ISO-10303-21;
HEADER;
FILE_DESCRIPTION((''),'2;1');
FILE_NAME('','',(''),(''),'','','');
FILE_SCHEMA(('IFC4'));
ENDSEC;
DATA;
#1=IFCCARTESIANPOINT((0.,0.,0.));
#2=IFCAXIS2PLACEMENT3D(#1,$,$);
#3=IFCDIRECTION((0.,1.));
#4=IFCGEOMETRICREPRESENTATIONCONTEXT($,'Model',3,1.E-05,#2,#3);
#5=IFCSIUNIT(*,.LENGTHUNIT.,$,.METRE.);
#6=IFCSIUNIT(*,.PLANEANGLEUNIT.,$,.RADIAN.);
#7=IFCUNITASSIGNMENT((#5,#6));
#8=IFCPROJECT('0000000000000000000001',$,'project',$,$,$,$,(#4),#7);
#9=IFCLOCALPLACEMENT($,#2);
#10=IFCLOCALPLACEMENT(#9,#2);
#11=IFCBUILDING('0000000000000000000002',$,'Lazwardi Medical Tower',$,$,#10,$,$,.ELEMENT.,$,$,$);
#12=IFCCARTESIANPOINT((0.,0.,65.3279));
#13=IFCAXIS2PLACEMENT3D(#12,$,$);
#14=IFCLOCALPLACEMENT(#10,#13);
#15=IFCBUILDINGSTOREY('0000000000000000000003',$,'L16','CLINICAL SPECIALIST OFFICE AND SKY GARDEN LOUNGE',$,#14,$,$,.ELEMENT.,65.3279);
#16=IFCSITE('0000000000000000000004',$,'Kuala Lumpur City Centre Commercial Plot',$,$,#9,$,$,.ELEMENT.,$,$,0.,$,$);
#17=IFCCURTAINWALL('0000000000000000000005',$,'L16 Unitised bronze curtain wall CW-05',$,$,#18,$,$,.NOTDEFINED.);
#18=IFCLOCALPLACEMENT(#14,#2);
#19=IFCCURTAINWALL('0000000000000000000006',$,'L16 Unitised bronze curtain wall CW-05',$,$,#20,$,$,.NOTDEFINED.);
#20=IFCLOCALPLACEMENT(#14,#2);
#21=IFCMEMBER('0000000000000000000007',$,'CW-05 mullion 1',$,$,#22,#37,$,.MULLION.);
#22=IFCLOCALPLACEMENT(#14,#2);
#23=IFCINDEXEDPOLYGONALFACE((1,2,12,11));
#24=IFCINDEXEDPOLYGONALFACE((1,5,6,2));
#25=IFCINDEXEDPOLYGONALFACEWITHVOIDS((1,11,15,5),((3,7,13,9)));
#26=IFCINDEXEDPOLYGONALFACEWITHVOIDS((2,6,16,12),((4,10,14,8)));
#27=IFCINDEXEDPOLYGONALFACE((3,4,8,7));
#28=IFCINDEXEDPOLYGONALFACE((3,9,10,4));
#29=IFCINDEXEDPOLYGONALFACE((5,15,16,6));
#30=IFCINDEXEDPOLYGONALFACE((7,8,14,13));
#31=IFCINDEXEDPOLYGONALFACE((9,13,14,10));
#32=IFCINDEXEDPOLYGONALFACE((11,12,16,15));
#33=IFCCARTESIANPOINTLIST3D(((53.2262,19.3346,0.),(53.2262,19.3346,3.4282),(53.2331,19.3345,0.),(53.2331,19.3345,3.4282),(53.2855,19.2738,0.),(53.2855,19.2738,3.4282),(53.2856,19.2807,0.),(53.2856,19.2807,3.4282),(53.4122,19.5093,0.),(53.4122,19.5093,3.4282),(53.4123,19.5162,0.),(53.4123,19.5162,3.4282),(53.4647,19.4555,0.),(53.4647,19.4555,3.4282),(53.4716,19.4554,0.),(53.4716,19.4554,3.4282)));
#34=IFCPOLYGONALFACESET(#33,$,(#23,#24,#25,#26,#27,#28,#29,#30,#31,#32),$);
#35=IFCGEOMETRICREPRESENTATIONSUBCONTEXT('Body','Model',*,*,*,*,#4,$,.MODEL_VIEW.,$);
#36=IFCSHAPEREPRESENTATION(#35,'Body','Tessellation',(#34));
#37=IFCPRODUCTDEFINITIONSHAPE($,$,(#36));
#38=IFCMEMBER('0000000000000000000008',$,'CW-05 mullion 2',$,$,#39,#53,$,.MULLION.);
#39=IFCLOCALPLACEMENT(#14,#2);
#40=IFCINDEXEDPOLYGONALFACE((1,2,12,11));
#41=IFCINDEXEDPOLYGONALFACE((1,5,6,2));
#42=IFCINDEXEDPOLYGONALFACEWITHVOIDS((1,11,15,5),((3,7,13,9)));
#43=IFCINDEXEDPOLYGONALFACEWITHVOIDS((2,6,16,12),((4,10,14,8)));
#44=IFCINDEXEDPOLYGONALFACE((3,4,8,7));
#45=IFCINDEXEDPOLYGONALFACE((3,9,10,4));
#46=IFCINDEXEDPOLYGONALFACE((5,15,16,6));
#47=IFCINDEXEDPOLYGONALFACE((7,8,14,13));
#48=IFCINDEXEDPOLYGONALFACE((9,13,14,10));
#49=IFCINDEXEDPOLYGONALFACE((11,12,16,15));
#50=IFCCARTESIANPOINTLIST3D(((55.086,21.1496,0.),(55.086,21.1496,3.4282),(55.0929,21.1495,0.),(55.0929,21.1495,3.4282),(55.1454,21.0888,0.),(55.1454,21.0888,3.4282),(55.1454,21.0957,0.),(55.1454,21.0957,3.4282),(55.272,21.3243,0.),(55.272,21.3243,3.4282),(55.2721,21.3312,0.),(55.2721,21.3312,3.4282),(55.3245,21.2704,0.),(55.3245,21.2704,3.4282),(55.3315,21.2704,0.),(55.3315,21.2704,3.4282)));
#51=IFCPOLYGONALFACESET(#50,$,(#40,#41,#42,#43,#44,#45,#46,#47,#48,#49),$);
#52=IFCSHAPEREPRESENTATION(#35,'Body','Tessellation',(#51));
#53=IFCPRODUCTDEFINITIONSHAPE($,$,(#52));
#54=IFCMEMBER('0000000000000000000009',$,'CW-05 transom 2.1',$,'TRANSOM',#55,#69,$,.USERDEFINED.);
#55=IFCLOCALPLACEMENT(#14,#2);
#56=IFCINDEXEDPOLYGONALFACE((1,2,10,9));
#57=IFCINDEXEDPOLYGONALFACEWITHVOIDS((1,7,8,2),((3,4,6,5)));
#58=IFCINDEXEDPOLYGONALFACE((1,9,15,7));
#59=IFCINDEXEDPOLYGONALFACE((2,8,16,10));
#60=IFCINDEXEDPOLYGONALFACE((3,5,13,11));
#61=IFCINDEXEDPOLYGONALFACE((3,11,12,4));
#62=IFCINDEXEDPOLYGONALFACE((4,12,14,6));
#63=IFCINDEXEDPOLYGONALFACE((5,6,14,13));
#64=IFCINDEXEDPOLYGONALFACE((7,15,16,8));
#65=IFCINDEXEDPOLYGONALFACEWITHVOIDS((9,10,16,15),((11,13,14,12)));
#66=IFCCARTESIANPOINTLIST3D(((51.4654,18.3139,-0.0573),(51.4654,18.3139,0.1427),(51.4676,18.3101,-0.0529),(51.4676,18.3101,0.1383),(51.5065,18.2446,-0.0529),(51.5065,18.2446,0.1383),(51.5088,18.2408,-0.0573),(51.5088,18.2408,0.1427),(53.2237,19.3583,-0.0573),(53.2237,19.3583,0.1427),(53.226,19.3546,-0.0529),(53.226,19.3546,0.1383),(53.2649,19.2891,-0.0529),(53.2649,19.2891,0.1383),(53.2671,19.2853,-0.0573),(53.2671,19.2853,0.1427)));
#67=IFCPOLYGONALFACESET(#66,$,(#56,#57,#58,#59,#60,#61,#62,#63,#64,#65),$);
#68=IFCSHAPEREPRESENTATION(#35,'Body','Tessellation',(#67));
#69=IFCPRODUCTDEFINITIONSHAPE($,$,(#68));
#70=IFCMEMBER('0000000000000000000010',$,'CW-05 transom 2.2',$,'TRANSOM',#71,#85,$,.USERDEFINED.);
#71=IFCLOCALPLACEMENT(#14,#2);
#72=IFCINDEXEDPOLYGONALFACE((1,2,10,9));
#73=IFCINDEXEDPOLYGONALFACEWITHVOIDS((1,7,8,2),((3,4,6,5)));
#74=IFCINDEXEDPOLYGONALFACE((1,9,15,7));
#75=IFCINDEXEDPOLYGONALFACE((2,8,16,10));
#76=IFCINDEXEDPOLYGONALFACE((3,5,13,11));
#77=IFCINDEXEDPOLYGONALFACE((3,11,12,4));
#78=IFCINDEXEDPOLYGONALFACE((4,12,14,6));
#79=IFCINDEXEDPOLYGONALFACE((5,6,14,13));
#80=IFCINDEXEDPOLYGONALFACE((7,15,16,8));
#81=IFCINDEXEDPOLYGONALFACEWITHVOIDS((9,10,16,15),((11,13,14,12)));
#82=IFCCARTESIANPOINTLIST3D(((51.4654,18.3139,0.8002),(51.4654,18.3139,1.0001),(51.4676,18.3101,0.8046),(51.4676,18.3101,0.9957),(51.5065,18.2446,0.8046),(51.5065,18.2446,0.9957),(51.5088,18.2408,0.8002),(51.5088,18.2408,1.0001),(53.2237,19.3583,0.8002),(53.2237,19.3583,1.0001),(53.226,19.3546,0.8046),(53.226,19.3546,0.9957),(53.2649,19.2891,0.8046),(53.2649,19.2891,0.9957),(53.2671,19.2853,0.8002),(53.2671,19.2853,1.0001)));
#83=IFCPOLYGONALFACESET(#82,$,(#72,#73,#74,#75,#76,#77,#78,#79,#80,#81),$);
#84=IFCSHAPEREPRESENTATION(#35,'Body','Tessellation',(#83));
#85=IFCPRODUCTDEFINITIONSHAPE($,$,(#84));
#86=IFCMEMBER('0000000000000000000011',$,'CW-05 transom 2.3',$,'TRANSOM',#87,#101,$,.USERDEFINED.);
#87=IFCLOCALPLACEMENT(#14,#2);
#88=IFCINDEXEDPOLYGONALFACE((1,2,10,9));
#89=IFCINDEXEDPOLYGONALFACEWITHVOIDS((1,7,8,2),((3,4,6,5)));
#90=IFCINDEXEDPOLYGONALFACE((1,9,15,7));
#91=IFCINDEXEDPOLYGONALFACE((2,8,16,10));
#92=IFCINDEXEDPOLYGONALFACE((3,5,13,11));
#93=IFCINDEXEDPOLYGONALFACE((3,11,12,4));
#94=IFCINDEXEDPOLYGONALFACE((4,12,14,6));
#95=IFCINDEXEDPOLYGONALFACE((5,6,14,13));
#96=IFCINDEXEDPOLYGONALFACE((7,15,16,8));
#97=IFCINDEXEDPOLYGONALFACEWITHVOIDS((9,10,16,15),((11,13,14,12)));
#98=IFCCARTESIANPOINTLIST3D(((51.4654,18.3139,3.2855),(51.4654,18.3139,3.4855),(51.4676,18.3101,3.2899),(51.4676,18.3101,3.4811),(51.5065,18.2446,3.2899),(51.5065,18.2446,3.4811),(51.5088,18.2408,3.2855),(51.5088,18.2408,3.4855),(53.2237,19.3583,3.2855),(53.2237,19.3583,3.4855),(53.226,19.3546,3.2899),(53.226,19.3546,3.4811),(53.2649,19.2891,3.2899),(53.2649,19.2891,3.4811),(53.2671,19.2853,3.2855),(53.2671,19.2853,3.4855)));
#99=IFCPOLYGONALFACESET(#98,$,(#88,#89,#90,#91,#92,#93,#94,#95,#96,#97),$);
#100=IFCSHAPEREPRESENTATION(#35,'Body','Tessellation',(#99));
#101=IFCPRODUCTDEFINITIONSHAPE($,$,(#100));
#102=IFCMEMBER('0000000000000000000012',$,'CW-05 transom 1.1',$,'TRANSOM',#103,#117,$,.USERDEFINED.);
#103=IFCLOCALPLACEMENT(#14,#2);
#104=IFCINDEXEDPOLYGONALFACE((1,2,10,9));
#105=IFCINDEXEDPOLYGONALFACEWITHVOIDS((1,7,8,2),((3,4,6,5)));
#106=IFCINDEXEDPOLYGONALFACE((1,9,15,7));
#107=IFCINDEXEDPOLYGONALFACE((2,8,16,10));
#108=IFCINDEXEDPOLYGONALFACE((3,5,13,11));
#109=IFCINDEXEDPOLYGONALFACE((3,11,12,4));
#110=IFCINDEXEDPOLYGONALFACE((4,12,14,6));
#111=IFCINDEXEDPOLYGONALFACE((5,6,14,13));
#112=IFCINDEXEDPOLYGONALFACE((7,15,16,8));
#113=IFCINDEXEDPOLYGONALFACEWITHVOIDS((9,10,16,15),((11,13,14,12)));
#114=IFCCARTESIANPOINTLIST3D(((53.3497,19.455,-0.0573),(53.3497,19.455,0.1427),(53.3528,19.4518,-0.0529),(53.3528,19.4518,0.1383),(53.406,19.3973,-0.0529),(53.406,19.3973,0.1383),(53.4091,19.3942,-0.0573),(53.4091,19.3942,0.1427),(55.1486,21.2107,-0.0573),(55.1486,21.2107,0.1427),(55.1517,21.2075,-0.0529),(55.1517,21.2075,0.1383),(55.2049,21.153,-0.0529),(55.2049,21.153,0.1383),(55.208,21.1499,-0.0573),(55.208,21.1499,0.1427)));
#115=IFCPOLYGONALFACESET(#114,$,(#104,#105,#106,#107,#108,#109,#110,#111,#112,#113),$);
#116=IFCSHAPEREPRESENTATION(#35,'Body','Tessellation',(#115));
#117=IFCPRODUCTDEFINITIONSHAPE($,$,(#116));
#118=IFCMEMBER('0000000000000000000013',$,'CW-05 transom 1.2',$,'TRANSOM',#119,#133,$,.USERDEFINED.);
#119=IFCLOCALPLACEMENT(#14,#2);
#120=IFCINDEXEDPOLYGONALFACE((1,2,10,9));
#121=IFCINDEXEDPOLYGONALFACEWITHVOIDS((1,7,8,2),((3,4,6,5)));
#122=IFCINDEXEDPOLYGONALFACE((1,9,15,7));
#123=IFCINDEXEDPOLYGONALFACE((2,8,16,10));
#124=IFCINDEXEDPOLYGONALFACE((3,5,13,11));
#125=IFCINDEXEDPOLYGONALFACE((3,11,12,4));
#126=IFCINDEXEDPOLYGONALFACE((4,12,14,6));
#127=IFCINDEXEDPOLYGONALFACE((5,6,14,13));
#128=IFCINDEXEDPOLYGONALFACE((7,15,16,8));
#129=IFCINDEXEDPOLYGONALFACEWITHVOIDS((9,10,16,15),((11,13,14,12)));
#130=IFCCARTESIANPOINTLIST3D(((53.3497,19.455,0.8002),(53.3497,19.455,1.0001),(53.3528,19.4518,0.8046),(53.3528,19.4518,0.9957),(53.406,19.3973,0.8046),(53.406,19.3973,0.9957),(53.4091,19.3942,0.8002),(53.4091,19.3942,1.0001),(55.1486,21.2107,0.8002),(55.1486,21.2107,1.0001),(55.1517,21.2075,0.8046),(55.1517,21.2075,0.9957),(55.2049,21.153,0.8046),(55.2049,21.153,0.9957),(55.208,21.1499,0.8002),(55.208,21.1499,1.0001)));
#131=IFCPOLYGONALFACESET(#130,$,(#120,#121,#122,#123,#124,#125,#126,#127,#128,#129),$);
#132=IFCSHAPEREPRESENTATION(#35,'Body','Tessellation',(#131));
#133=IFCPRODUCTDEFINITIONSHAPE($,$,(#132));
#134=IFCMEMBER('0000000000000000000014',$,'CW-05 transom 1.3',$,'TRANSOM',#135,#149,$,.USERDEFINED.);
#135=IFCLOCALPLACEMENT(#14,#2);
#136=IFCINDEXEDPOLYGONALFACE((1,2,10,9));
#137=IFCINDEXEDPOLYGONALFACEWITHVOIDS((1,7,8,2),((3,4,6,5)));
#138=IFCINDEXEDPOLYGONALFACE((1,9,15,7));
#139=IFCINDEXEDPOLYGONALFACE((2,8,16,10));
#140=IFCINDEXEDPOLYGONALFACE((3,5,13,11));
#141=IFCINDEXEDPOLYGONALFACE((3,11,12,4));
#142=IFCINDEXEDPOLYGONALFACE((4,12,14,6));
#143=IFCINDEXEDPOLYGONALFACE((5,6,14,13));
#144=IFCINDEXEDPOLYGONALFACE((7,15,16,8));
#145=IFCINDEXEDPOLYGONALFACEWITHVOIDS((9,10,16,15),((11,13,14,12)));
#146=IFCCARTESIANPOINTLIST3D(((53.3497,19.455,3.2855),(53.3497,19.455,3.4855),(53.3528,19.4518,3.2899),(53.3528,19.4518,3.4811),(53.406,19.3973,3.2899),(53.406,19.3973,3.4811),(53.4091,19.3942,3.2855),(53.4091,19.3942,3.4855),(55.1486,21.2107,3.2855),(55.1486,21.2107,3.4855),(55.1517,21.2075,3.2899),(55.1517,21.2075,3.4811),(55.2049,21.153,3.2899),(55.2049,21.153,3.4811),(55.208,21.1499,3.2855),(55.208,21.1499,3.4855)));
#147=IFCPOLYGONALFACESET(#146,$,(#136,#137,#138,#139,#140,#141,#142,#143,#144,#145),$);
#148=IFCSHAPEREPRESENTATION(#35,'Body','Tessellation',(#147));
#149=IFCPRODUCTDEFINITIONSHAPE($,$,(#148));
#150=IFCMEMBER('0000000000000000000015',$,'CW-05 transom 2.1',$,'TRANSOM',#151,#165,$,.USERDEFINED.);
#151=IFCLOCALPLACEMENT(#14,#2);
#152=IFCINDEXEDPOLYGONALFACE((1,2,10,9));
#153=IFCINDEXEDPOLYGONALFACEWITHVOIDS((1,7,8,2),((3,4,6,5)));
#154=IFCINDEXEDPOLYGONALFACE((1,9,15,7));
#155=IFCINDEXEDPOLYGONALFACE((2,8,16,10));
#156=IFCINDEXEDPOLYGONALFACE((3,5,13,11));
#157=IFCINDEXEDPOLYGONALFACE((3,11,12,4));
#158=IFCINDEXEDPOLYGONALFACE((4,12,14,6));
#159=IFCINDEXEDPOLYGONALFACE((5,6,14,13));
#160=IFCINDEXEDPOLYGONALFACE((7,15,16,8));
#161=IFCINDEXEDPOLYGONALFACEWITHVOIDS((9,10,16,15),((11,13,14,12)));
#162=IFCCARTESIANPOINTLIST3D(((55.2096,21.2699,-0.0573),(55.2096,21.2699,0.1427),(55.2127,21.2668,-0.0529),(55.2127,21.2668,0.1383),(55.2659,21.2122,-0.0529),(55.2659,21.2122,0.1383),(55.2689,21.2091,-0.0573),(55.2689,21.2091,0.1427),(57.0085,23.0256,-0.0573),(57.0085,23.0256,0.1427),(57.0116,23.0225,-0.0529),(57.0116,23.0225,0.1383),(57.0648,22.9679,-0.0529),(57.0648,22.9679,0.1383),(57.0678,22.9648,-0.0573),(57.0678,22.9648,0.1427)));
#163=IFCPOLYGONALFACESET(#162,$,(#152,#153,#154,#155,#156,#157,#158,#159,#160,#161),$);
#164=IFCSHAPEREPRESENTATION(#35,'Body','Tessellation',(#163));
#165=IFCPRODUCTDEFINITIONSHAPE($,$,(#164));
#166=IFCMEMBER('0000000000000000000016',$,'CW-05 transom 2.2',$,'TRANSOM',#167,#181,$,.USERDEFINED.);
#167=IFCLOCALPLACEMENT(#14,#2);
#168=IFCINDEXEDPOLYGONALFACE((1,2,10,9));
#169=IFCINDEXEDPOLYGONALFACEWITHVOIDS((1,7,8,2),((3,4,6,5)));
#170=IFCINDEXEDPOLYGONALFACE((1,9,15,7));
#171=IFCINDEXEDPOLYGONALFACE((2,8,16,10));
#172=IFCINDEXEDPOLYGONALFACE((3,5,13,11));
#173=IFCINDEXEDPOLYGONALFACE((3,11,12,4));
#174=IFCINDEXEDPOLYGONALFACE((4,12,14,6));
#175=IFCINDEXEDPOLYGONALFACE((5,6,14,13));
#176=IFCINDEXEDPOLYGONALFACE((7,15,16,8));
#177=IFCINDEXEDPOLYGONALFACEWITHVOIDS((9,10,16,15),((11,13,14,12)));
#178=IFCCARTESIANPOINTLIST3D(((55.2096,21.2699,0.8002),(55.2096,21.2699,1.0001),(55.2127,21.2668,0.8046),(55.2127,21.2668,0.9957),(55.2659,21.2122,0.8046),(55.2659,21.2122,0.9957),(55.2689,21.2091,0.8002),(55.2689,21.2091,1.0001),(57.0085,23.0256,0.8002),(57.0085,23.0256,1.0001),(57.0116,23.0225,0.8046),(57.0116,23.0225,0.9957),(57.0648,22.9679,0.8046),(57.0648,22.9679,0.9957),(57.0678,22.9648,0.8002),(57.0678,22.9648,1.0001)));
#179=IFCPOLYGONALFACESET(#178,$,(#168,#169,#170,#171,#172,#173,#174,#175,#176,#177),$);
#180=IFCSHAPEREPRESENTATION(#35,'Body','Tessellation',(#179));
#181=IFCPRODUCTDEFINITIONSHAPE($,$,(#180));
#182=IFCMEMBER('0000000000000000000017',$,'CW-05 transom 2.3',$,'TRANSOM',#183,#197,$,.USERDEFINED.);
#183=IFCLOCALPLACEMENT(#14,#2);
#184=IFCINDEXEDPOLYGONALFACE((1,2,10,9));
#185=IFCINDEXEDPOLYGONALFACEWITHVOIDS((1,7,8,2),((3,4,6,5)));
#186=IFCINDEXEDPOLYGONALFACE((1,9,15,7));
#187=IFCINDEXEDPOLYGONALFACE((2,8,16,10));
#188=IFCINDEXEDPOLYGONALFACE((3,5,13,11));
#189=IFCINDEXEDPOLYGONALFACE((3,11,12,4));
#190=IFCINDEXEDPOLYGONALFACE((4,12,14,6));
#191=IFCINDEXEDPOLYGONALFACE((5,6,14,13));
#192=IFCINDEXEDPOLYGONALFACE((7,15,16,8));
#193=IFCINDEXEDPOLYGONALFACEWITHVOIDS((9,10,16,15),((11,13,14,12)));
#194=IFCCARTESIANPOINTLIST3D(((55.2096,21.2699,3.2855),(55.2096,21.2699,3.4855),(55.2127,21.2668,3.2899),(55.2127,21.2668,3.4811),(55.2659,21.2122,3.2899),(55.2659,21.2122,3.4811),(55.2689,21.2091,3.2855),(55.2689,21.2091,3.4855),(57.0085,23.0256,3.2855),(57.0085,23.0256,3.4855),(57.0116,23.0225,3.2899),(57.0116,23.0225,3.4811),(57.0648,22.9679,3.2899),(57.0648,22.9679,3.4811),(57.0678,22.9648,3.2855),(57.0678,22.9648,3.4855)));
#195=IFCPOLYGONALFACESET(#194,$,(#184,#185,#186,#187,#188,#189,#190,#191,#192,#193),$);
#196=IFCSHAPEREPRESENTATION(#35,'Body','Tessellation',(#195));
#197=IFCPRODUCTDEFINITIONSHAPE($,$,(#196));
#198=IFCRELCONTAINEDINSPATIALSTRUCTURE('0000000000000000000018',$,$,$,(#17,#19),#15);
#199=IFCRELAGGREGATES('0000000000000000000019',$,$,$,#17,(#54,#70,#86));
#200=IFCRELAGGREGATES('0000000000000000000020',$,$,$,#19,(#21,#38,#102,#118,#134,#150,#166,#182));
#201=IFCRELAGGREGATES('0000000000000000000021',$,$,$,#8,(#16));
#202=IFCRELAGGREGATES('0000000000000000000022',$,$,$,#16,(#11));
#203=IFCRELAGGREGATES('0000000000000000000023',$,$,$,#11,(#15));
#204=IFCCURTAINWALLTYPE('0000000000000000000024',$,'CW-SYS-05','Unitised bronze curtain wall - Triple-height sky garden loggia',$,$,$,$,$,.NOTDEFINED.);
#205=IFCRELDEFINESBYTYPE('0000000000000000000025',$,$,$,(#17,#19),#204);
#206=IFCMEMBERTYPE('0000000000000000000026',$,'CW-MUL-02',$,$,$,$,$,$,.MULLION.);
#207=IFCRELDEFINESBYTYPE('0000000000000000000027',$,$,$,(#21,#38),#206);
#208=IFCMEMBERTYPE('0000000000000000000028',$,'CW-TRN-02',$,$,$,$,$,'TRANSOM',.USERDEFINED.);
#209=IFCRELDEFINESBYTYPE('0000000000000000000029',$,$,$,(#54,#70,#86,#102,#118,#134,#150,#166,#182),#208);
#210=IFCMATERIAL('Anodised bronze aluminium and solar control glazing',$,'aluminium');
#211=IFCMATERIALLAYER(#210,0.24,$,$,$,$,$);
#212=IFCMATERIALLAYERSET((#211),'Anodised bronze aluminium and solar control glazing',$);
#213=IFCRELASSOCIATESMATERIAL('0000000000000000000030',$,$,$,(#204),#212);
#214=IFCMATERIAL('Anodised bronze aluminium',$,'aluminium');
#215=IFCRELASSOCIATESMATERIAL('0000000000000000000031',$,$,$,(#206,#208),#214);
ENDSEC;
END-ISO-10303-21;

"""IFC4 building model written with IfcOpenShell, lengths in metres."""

from ifc_helpers import new_model, si_unit, direction, frame, origin, origin_2d, place, context, subcontext, project, spatial, hollow_rectangle, extrude, material, layer, layer_set, material_profile, profile_set, type_object, element, aggregate, save


model = new_model("IFC4")

# Units and contexts
model_context = context("Model", 3, precision=1e-05, world=origin(), true_north=direction((0.0, 1.0)))
body_context = subcontext(model_context, "Body", "Model", "MODEL_VIEW")
ifc_project = project(units=[si_unit("LENGTHUNIT", "METRE"), si_unit("PLANEANGLEUNIT", "RADIAN")], contexts=[model_context])

# Site, building, storey
site_placement = place(None, origin())
site = spatial("IfcSite", under=ifc_project, at=site_placement, Name="Kuala Lumpur City Centre Commercial Plot", CompositionType="ELEMENT", RefElevation=0.0)
building_placement = place(site_placement, origin())
building = spatial("IfcBuilding", under=site, at=building_placement, Name="Lazwardi Medical Tower", CompositionType="ELEMENT")
storey_placement = place(building_placement, frame((0.0, 0.0, 65.3279)))
storey = spatial("IfcBuildingStorey", under=building, at=storey_placement, Name="L16", Description="CLINICAL SPECIALIST OFFICE AND SKY GARDEN LOUNGE", CompositionType="ELEMENT", Elevation=65.3279)

# Curtain walls, members
ifc_material_1 = material(Name="Anodised bronze aluminium and solar control glazing", Category="aluminium")
ifc_layer_1 = layer(ifc_material_1, 0.24)
ifc_layer_set_1 = layer_set([ifc_layer_1], Name="Anodised bronze aluminium and solar control glazing")
curtain_wall_type = type_object("IfcCurtainWallType", Name="CW-SYS-05", Description="Unitised bronze curtain wall - Triple-height sky garden loggia", PredefinedType="NOTDEFINED", material=ifc_layer_set_1)
curtain_wall_1_placement = place(storey_placement, origin())
curtain_wall_1 = element("IfcCurtainWall", 1, at=curtain_wall_1_placement, inside=storey, type_object=curtain_wall_type, Name="L16 Unitised bronze curtain wall CW-05", PredefinedType="NOTDEFINED")
ifc_material_2 = material(Name="Anodised bronze aluminium", Category="aluminium")
ifc_material_profile_1 = material_profile(ifc_material_2, hollow_rectangle(XDim=0.085, YDim=0.26, WallThickness=0.0049, at=origin_2d()), Name="ALU-MULLION 260x85x5")
ifc_profile_set_1 = profile_set([ifc_material_profile_1], Name="Anodised bronze aluminium")
member_type_1 = type_object("IfcMemberType", Name="CW-MUL-02", PredefinedType="MULLION", material=ifc_profile_set_1)
curtain_wall_2_placement = place(storey_placement, origin())
curtain_wall_2 = element("IfcCurtainWall", 2, at=curtain_wall_2_placement, inside=storey, type_object=curtain_wall_type, Name="L16 Unitised bronze curtain wall CW-05", PredefinedType="NOTDEFINED")
member_1_placement = place(storey_placement, frame((53.3489, 19.395, 0.0), z_axis=(0.0, 0.0, 1.0), x_axis=(-0.698402, 0.715706, 0.0)))
member_1 = element("IfcMember", 3, at=member_1_placement, type_object=member_type_1, Name="CW-05 mullion 1", PredefinedType="MULLION", context=body_context, shape_type="SweptSolid", body=[
    extrude(hollow_rectangle(XDim=0.085, YDim=0.26, WallThickness=0.0049, at=origin_2d()), origin(), (0.0, 0.0, 1.0), 3.4282),
])
member_2_placement = place(storey_placement, frame((55.2087, 21.21, 0.0), z_axis=(0.0, 0.0, 1.0), x_axis=(-0.698402, 0.715706, 0.0)))
member_2 = element("IfcMember", 4, at=member_2_placement, type_object=member_type_1, Name="CW-05 mullion 2", PredefinedType="MULLION", context=body_context, shape_type="SweptSolid", body=[
    extrude(hollow_rectangle(XDim=0.085, YDim=0.26, WallThickness=0.0049, at=origin_2d()), origin(), (0.0, 0.0, 1.0), 3.4282),
])

# Members
ifc_material_profile_2 = material_profile(ifc_material_2, hollow_rectangle(XDim=0.085, YDim=0.2, WallThickness=0.0044, at=origin_2d()), Name="ALU-TRANSOM 200x85x4.5")
ifc_profile_set_2 = profile_set([ifc_material_profile_2], Name="Anodised bronze aluminium")
member_type_2 = type_object("IfcMemberType", Name="CW-TRN-02", ElementType="TRANSOM", PredefinedType="USERDEFINED", material=ifc_profile_set_2)
member_3_placement = place(storey_placement, frame((51.4871, 18.2773, 0.0427), z_axis=(0.85976, 0.510699, 0.0), x_axis=(-0.510699, 0.85976, 0.0)))
member_3 = element("IfcMember", 5, at=member_3_placement, type_object=member_type_2, Name="CW-05 transom 2.1", ObjectType="TRANSOM", PredefinedType="USERDEFINED", context=body_context, shape_type="SweptSolid", body=[
    extrude(hollow_rectangle(XDim=0.085, YDim=0.2, WallThickness=0.0044, at=origin_2d()), origin(), (0.0, 0.0, 1.0), 2.0452),
])
member_4_placement = place(storey_placement, frame((51.4871, 18.2773, 0.9001), z_axis=(0.85976, 0.510699, 0.0), x_axis=(-0.510699, 0.85976, 0.0)))
member_4 = element("IfcMember", 6, at=member_4_placement, type_object=member_type_2, Name="CW-05 transom 2.2", ObjectType="TRANSOM", PredefinedType="USERDEFINED", context=body_context, shape_type="SweptSolid", body=[
    extrude(hollow_rectangle(XDim=0.085, YDim=0.2, WallThickness=0.0044, at=origin_2d()), origin(), (0.0, 0.0, 1.0), 2.0452),
])
member_5_placement = place(storey_placement, frame((51.4871, 18.2773, 3.3855), z_axis=(0.85976, 0.510699, 0.0), x_axis=(-0.510699, 0.85976, 0.0)))
member_5 = element("IfcMember", 7, at=member_5_placement, type_object=member_type_2, Name="CW-05 transom 2.3", ObjectType="TRANSOM", PredefinedType="USERDEFINED", context=body_context, shape_type="SweptSolid", body=[
    extrude(hollow_rectangle(XDim=0.085, YDim=0.2, WallThickness=0.0044, at=origin_2d()), origin(), (0.0, 0.0, 1.0), 2.0452),
])
member_6_placement = place(storey_placement, frame((53.3794, 19.4246, 0.0427), z_axis=(0.71565, 0.698459, 0.0), x_axis=(-0.698459, 0.71565, 0.0)))
member_6 = element("IfcMember", 8, at=member_6_placement, type_object=member_type_2, Name="CW-05 transom 1.1", ObjectType="TRANSOM", PredefinedType="USERDEFINED", context=body_context, shape_type="SweptSolid", body=[
    extrude(hollow_rectangle(XDim=0.085, YDim=0.2, WallThickness=0.0044, at=origin_2d()), origin(), (0.0, 0.0, 1.0), 2.5137),
])
member_7_placement = place(storey_placement, frame((53.3794, 19.4246, 0.9001), z_axis=(0.71565, 0.698459, 0.0), x_axis=(-0.698459, 0.71565, 0.0)))
member_7 = element("IfcMember", 9, at=member_7_placement, type_object=member_type_2, Name="CW-05 transom 1.2", ObjectType="TRANSOM", PredefinedType="USERDEFINED", context=body_context, shape_type="SweptSolid", body=[
    extrude(hollow_rectangle(XDim=0.085, YDim=0.2, WallThickness=0.0044, at=origin_2d()), origin(), (0.0, 0.0, 1.0), 2.5137),
])
member_8_placement = place(storey_placement, frame((53.3794, 19.4246, 3.3855), z_axis=(0.71565, 0.698459, 0.0), x_axis=(-0.698459, 0.71565, 0.0)))
member_8 = element("IfcMember", 10, at=member_8_placement, type_object=member_type_2, Name="CW-05 transom 1.3", ObjectType="TRANSOM", PredefinedType="USERDEFINED", context=body_context, shape_type="SweptSolid", body=[
    extrude(hollow_rectangle(XDim=0.085, YDim=0.2, WallThickness=0.0044, at=origin_2d()), origin(), (0.0, 0.0, 1.0), 2.5137),
])
member_9_placement = place(storey_placement, frame((55.2393, 21.2395, 0.0427), z_axis=(0.71565, 0.698459, 0.0), x_axis=(-0.698459, 0.71565, 0.0)))
member_9 = element("IfcMember", 11, at=member_9_placement, type_object=member_type_2, Name="CW-05 transom 2.1", ObjectType="TRANSOM", PredefinedType="USERDEFINED", context=body_context, shape_type="SweptSolid", body=[
    extrude(hollow_rectangle(XDim=0.085, YDim=0.2, WallThickness=0.0044, at=origin_2d()), origin(), (0.0, 0.0, 1.0), 2.5137),
])
member_10_placement = place(storey_placement, frame((55.2393, 21.2395, 0.9001), z_axis=(0.71565, 0.698459, 0.0), x_axis=(-0.698459, 0.71565, 0.0)))
member_10 = element("IfcMember", 12, at=member_10_placement, type_object=member_type_2, Name="CW-05 transom 2.2", ObjectType="TRANSOM", PredefinedType="USERDEFINED", context=body_context, shape_type="SweptSolid", body=[
    extrude(hollow_rectangle(XDim=0.085, YDim=0.2, WallThickness=0.0044, at=origin_2d()), origin(), (0.0, 0.0, 1.0), 2.5137),
])
member_11_placement = place(storey_placement, frame((55.2393, 21.2395, 3.3855), z_axis=(0.71565, 0.698459, 0.0), x_axis=(-0.698459, 0.71565, 0.0)))
member_11 = element("IfcMember", 13, at=member_11_placement, type_object=member_type_2, Name="CW-05 transom 2.3", ObjectType="TRANSOM", PredefinedType="USERDEFINED", context=body_context, shape_type="SweptSolid", body=[
    extrude(hollow_rectangle(XDim=0.085, YDim=0.2, WallThickness=0.0044, at=origin_2d()), origin(), (0.0, 0.0, 1.0), 2.5137),
])

aggregate(curtain_wall_1, [member_3, member_4, member_5])
aggregate(curtain_wall_2, [member_1, member_2, member_6, member_7, member_8, member_9, member_10, member_11])

save(model, "model.ifc")
